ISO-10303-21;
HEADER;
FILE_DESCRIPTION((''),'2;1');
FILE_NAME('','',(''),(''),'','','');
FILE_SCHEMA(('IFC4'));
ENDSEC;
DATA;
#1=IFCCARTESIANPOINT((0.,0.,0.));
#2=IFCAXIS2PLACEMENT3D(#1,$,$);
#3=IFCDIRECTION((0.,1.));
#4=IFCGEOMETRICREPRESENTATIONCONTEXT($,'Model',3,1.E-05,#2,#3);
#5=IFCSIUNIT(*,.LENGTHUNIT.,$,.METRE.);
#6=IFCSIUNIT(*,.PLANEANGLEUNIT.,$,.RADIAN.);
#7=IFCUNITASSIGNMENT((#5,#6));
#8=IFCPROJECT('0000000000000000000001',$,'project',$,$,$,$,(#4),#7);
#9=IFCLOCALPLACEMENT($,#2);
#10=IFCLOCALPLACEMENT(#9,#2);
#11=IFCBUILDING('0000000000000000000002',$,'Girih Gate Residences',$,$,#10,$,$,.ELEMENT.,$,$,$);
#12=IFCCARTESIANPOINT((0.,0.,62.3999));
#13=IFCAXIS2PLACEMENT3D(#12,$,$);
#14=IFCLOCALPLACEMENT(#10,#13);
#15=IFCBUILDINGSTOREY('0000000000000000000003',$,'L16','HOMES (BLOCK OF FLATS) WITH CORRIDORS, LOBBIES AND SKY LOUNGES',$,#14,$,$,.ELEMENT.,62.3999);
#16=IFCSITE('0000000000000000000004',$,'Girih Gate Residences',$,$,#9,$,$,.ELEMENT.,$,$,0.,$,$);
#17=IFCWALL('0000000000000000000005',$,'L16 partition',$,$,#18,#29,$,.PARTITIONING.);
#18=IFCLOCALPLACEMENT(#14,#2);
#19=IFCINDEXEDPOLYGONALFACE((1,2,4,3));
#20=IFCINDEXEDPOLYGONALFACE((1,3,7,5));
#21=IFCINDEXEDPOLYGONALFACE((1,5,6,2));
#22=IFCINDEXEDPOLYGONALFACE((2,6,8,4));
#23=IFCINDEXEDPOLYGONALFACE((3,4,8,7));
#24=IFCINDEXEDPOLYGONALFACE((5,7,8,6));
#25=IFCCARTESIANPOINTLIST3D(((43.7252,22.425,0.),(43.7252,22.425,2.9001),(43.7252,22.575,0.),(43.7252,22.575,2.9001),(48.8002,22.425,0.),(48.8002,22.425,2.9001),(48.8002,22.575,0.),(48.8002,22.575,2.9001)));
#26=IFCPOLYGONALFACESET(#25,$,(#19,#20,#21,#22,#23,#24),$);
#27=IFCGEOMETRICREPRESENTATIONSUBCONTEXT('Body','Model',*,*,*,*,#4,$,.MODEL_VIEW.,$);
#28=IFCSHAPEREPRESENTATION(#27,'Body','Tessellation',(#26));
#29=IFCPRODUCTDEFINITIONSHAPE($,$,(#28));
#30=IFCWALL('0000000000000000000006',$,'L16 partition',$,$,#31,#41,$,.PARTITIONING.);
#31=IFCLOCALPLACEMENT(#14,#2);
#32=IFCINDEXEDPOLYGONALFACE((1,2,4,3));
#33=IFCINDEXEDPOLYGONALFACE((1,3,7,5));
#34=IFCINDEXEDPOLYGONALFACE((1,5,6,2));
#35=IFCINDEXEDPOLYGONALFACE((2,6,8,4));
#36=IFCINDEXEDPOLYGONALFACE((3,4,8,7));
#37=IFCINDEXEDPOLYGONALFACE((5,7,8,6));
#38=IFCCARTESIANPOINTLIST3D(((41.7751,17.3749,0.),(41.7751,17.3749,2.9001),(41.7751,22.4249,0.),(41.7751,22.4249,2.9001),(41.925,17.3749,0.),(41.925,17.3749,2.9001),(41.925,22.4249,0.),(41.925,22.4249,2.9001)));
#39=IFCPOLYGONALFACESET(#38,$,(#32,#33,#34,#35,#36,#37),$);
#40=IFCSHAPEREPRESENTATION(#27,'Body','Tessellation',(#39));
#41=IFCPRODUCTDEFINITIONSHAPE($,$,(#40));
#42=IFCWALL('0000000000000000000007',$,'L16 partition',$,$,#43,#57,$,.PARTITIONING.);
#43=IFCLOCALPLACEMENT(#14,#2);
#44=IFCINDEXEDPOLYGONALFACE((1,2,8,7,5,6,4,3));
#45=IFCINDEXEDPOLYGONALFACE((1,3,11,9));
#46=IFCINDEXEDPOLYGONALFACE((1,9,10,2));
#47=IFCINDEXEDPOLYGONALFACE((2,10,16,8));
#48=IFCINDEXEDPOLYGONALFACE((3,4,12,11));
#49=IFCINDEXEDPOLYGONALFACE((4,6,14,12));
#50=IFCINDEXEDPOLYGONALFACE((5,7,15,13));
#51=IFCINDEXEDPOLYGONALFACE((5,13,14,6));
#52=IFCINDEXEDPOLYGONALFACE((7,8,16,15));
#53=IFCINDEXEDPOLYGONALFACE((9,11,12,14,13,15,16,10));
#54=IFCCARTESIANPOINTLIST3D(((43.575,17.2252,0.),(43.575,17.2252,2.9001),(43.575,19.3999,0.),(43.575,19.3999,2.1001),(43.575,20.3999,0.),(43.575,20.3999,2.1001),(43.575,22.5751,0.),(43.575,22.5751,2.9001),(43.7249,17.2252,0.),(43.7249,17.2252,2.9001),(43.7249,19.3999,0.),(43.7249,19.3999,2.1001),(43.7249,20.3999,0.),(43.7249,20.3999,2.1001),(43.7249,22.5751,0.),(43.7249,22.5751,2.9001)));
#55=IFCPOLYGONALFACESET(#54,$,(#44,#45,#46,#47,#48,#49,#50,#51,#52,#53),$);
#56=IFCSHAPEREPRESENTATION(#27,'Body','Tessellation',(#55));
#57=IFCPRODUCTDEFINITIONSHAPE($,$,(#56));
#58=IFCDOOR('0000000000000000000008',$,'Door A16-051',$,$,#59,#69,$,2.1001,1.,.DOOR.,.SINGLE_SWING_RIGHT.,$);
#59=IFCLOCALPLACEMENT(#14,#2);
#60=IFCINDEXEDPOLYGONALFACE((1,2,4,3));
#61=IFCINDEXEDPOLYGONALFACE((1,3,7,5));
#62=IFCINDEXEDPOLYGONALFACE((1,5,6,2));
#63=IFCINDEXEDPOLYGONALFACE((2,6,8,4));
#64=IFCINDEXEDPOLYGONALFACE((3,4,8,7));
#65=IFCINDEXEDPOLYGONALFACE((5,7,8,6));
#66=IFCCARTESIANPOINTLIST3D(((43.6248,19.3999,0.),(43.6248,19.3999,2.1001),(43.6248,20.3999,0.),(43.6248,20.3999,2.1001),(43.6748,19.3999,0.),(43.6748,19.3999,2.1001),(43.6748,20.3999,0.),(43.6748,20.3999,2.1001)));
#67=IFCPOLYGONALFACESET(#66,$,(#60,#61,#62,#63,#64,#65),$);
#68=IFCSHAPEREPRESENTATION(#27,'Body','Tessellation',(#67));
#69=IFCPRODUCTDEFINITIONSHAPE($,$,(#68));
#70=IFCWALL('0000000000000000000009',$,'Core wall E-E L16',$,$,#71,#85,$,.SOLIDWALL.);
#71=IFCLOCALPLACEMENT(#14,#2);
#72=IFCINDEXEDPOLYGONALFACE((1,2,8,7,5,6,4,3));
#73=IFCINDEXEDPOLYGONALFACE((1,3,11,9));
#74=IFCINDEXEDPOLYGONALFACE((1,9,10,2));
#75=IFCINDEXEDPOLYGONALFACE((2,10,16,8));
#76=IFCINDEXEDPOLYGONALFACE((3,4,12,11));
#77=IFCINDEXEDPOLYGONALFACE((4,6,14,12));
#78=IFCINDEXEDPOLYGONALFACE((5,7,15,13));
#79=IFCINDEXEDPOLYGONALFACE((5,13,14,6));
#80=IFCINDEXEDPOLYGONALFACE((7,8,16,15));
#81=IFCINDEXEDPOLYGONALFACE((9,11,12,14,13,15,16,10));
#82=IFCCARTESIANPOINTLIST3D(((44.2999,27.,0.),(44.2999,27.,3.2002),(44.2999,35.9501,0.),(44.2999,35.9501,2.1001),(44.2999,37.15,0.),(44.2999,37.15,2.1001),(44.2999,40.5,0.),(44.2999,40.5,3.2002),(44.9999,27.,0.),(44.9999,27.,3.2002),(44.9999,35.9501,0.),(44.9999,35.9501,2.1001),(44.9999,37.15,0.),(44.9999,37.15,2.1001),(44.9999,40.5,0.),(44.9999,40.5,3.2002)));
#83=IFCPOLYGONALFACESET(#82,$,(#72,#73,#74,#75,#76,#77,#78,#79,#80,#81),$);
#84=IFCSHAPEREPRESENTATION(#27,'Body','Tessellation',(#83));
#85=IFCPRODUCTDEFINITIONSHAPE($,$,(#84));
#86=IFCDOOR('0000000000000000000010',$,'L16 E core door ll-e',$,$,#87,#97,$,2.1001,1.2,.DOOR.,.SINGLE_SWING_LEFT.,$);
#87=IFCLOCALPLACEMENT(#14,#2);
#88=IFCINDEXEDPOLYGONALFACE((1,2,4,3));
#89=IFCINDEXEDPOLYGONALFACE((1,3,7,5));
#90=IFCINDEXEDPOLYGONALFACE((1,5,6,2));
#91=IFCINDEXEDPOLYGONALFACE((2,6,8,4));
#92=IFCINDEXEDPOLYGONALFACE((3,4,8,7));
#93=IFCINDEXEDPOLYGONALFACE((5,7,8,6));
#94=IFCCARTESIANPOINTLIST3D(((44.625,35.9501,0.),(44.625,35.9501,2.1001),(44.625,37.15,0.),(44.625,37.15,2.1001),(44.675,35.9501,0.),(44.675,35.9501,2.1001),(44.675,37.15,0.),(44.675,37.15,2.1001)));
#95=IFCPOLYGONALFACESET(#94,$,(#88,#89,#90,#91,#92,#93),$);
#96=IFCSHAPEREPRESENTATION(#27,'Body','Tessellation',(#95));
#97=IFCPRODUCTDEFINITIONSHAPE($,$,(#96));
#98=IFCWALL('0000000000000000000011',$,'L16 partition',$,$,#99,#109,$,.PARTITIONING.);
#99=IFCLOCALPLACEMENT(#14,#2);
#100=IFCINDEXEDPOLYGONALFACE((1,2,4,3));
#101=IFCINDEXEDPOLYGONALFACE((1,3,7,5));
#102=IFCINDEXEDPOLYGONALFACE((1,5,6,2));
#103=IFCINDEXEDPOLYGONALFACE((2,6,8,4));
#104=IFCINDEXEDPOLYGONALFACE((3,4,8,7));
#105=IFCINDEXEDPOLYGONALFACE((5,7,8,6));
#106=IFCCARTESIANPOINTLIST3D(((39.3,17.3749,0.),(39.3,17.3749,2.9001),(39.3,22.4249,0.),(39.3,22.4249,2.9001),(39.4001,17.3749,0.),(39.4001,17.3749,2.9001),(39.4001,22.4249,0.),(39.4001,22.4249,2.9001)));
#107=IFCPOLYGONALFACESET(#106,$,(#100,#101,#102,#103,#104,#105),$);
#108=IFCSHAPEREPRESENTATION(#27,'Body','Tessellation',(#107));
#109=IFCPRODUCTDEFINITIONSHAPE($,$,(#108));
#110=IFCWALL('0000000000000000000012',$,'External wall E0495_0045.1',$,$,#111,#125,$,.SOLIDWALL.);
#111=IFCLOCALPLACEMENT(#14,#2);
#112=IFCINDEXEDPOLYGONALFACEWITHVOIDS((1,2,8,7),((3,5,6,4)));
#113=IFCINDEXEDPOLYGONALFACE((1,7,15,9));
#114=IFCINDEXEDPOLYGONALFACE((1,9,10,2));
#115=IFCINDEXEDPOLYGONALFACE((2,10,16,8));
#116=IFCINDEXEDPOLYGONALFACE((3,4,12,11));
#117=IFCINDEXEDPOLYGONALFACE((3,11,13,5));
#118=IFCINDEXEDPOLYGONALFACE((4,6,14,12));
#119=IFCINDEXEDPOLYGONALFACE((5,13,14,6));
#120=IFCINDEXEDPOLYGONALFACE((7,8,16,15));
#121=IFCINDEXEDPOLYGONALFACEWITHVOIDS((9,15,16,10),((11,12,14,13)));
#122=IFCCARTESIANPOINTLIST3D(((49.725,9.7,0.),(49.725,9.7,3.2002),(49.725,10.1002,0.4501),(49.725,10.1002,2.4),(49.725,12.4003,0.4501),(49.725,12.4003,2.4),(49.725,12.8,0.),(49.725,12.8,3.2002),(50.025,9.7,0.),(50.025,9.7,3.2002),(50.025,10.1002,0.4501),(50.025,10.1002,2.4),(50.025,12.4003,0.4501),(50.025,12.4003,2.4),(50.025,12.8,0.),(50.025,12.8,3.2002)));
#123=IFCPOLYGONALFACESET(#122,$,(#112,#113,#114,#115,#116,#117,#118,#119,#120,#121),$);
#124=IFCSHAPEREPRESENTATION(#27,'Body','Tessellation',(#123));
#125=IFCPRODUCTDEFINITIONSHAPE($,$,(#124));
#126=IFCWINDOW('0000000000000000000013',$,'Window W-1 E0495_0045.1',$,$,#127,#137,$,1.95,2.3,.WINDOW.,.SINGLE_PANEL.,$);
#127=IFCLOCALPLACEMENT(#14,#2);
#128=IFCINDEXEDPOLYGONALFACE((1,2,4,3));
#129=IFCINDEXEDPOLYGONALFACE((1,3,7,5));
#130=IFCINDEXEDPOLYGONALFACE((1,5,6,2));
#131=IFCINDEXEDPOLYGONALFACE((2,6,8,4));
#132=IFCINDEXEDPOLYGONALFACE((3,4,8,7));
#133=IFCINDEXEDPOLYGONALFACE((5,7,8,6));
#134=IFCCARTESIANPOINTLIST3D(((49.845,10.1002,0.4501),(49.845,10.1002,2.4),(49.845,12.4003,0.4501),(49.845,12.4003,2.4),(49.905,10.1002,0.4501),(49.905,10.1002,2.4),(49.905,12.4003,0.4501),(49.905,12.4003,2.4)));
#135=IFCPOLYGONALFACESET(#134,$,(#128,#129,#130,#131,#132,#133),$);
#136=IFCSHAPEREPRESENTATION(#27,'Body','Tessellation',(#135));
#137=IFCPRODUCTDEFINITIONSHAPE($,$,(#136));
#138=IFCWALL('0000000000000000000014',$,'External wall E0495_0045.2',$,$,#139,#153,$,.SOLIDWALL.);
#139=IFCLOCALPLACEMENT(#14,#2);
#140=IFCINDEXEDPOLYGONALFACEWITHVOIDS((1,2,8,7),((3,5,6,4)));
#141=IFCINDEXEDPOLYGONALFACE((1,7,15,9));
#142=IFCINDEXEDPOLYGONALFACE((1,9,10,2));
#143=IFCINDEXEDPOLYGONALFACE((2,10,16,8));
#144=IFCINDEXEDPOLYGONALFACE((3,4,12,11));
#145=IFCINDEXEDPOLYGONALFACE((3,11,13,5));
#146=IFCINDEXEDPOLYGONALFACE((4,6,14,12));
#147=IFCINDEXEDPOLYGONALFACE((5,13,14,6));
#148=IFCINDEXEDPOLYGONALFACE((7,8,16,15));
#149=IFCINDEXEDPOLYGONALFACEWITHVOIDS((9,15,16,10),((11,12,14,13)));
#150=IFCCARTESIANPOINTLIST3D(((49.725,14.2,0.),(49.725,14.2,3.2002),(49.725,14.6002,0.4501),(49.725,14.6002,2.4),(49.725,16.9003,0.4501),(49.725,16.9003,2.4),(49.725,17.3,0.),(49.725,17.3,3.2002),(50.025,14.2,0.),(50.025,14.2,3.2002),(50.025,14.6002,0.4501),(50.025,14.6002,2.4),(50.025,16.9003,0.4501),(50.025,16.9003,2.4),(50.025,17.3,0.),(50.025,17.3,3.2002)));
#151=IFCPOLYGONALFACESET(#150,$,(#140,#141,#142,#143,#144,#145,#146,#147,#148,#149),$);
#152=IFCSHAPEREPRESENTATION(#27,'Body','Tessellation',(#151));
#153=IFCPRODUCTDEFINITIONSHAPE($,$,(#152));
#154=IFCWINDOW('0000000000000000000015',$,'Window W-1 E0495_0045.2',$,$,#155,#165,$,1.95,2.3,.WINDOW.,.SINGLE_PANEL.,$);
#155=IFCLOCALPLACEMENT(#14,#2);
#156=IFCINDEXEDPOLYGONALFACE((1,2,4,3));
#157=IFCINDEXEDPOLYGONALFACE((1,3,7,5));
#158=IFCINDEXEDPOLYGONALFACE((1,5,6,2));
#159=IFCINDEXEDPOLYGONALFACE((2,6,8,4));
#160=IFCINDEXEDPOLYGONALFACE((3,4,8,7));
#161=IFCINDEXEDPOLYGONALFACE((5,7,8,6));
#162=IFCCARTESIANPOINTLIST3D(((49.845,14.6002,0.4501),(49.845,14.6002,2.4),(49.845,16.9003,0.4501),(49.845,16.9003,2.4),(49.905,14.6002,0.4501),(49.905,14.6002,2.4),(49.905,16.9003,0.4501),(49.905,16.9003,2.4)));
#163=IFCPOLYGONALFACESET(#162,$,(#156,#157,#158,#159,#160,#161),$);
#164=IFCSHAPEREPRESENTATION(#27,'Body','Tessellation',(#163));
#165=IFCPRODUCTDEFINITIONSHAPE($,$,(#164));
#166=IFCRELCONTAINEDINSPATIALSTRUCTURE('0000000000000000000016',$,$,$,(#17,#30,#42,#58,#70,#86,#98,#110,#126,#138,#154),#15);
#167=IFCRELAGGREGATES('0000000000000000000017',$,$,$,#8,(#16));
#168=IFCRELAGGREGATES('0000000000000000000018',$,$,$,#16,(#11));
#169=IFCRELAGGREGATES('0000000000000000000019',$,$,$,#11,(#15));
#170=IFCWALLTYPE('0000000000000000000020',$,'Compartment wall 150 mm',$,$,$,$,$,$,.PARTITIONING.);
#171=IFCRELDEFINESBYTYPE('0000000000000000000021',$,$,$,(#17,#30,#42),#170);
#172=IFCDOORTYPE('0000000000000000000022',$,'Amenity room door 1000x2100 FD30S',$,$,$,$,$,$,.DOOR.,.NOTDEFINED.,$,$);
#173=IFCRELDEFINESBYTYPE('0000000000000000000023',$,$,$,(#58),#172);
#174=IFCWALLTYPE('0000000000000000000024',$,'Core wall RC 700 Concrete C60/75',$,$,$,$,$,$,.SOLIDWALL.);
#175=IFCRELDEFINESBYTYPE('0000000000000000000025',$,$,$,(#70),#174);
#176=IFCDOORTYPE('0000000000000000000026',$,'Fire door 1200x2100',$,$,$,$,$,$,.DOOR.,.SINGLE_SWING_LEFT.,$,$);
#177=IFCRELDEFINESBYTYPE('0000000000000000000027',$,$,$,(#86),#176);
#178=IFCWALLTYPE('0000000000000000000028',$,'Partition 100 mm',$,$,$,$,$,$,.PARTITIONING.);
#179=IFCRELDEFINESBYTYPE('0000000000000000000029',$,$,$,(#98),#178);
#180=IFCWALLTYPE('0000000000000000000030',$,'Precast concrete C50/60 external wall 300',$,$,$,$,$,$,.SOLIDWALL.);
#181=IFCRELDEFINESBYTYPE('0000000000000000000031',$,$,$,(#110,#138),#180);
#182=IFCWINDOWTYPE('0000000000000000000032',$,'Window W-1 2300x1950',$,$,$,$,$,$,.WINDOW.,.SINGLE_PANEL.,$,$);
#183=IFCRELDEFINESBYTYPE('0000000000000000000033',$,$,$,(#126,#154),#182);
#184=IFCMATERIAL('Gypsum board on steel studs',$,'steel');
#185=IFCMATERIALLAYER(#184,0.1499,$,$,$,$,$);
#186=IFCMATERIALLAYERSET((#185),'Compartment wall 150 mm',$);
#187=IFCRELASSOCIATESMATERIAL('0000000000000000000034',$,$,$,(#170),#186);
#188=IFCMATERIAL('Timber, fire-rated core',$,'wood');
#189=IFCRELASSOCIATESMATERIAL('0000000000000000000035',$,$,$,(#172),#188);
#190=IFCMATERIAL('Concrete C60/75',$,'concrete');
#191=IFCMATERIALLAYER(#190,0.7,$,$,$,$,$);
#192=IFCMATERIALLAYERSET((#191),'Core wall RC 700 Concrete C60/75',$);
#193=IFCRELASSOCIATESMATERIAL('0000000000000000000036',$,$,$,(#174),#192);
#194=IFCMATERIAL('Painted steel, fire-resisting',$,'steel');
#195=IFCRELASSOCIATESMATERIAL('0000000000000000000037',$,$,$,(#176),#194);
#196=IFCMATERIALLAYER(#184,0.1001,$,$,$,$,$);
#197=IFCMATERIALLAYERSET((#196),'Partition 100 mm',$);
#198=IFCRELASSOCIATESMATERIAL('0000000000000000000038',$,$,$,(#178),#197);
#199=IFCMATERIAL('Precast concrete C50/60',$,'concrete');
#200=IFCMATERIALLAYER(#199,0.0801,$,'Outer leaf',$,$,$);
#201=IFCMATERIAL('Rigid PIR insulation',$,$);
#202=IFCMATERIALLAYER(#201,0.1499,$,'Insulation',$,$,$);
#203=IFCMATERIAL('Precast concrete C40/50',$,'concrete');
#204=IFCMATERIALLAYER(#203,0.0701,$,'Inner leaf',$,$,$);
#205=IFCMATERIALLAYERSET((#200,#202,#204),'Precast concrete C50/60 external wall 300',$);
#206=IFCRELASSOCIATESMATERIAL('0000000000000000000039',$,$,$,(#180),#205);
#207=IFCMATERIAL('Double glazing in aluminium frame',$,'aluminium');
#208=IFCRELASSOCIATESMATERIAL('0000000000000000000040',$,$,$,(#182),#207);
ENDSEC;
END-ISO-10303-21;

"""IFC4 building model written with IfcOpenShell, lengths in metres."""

from ifc_helpers import new_model, si_unit, direction, frame, frame_2d, origin, place, context, subcontext, project, spatial, rectangle, extrude, material, layer, layer_set, type_object, element, fill, save


model = new_model("IFC4")

# Units and contexts
model_context = context("Model", 3, precision=1e-05, world=origin(), true_north=direction((0.0, 1.0)))
body_context = subcontext(model_context, "Body", "Model", "MODEL_VIEW")
ifc_project = project(units=[si_unit("LENGTHUNIT", "METRE"), si_unit("PLANEANGLEUNIT", "RADIAN")], contexts=[model_context])

# Site, building, storey
site_placement = place(None, origin())
site = spatial("IfcSite", under=ifc_project, at=site_placement, Name="Girih Gate Residences", CompositionType="ELEMENT", RefElevation=0.0)
building_placement = place(site_placement, origin())
building = spatial("IfcBuilding", under=site, at=building_placement, Name="Girih Gate Residences", CompositionType="ELEMENT")
storey_placement = place(building_placement, frame((0.0, 0.0, 62.3999)))
storey = spatial("IfcBuildingStorey", under=building, at=storey_placement, Name="L16", Description="HOMES (BLOCK OF FLATS) WITH CORRIDORS, LOBBIES AND SKY LOUNGES", CompositionType="ELEMENT", Elevation=62.3999)

# Shared definitions
ifc_material_1 = material(Name="Concrete C60/75", Category="concrete")

# Shared definitions
ifc_material_2 = material(Name="Gypsum board on steel studs", Category="steel")
ifc_layer_1 = layer(ifc_material_2, 0.1499)
ifc_layer_set_1 = layer_set([ifc_layer_1], Name="Compartment wall 150 mm")
wall_type_1 = type_object("IfcWallType", Name="Compartment wall 150 mm", PredefinedType="PARTITIONING", material=ifc_layer_set_1)
ifc_material_3 = material(Name="Timber, fire-rated core", Category="wood")

# Walls
for number, where, z_axis, x_axis, name in (
    (1, (43.7251, 22.5, 0.0), (0.0, 0.0, 1.0), (1.0, 0.0, 0.0), "L16 partition"),
):
    element("IfcWall", number, at=place(storey_placement, frame(where, z_axis=z_axis, x_axis=x_axis)), inside=storey, type_object=wall_type_1, Name=name, PredefinedType="PARTITIONING", context=body_context, shape_type="SweptSolid", body=[
        extrude(rectangle(XDim=5.075, YDim=0.1499, at=frame_2d((2.5376, 0.0))), origin(), (0.0, 0.0, 1.0), 2.9001),
    ])
wall_1_placement = place(storey_placement, frame((41.8501, 17.375, 0.0), z_axis=(0.0, 0.0, 1.0), x_axis=(0.0, 1.0, 0.0)))
element("IfcWall", 2, at=wall_1_placement, inside=storey, type_object=wall_type_1, Name="L16 partition", PredefinedType="PARTITIONING", context=body_context, shape_type="SweptSolid", body=[
    extrude(rectangle(XDim=5.05, YDim=0.1499, at=frame_2d((2.5249, 0.0))), origin(), (0.0, 0.0, 1.0), 2.9001),
])

# Walls, openings, doors
wall_2_placement = place(storey_placement, frame((43.6499, 22.575, 0.0), z_axis=(0.0, 0.0, 1.0), x_axis=(0.0, -1.0, 0.0)))
wall_2 = element("IfcWall", 3, at=wall_2_placement, inside=storey, type_object=wall_type_1, Name="L16 partition", PredefinedType="PARTITIONING", context=body_context, shape_type="SweptSolid", body=[
    extrude(rectangle(XDim=5.3499, YDim=0.1499, at=frame_2d((2.6748, 0.0))), origin(), (0.0, 0.0, 1.0), 2.9001),
])
opening_1_placement = place(wall_2_placement, frame((2.175, 0.0, 0.0)))
opening_1 = element("IfcOpeningElement", 4, at=opening_1_placement, cuts=wall_2, PredefinedType="OPENING", context=body_context, shape_type="SweptSolid", body=[
    extrude(rectangle(XDim=1.0, YDim=2.1001, at=frame_2d((0.5, 1.05))), frame((0.0, 0.085, 0.0), z_axis=(0.0, -1.0, 0.0), x_axis=(1.0, 0.0, 0.0)), (0.0, 0.0, 1.0), 0.1699),
])
door_type_1 = type_object("IfcDoorType", Name="Amenity room door 1000x2100 FD30S", OperationType="NOTDEFINED", PredefinedType="DOOR", material=ifc_material_3)
door_1_placement = place(opening_1_placement, origin())
door_1 = element("IfcDoor", 5, at=door_1_placement, inside=storey, type_object=door_type_1, Name="Door A16-051", OperationType="SINGLE_SWING_RIGHT", OverallHeight=2.1001, OverallWidth=1.0, PredefinedType="DOOR", context=body_context, shape_type="SweptSolid", body=[
    extrude(rectangle(XDim=1.0, YDim=2.1001, at=frame_2d((0.5, 1.05))), frame((0.0, 0.0249, 0.0), z_axis=(0.0, -1.0, 0.0), x_axis=(1.0, 0.0, 0.0)), (0.0, 0.0, 1.0), 0.05),
])
fill(opening_1, door_1)
ifc_layer_2 = layer(ifc_material_1, 0.7)
ifc_layer_set_2 = layer_set([ifc_layer_2], Name="Core wall RC 700 Concrete C60/75")
wall_type_2 = type_object("IfcWallType", Name="Core wall RC 700 Concrete C60/75", PredefinedType="SOLIDWALL", material=ifc_layer_set_2)
wall_3_placement = place(storey_placement, frame((44.6499, 27.0, 0.0), z_axis=(0.0, 0.0, 1.0), x_axis=(0.0, 1.0, 0.0)))
wall_3 = element("IfcWall", 6, at=wall_3_placement, inside=storey, type_object=wall_type_2, Name="Core wall E-E L16", PredefinedType="SOLIDWALL", context=body_context, shape_type="SweptSolid", body=[
    extrude(rectangle(XDim=13.5, YDim=0.7, at=frame_2d((6.75, 0.0))), origin(), (0.0, 0.0, 1.0), 3.2002),
])
opening_2_placement = place(wall_3_placement, frame((8.95, 0.0, 0.0)))
opening_2 = element("IfcOpeningElement", 7, at=opening_2_placement, cuts=wall_3, PredefinedType="OPENING", context=body_context, shape_type="SweptSolid", body=[
    extrude(rectangle(XDim=1.2, YDim=2.1001, at=frame_2d((0.6001, 1.05))), frame((0.0, 0.3599, 0.0), z_axis=(0.0, -1.0, 0.0), x_axis=(1.0, 0.0, 0.0)), (0.0, 0.0, 1.0), 0.72),
])
ifc_material_4 = material(Name="Painted steel, fire-resisting", Category="steel")
door_type_2 = type_object("IfcDoorType", Name="Fire door 1200x2100", OperationType="SINGLE_SWING_LEFT", PredefinedType="DOOR", material=ifc_material_4)
door_2_placement = place(opening_2_placement, origin())
door_2 = element("IfcDoor", 8, at=door_2_placement, inside=storey, type_object=door_type_2, Name="L16 E core door ll-e", OperationType="SINGLE_SWING_LEFT", OverallHeight=2.1001, OverallWidth=1.2, PredefinedType="DOOR", context=body_context, shape_type="SweptSolid", body=[
    extrude(rectangle(XDim=1.2, YDim=2.1001, at=frame_2d((0.6001, 1.05))), frame((0.0, 0.0249, 0.0), z_axis=(0.0, -1.0, 0.0), x_axis=(1.0, 0.0, 0.0)), (0.0, 0.0, 1.0), 0.05),
])
fill(opening_2, door_2)

# Wall
ifc_layer_3 = layer(ifc_material_2, 0.1001)
ifc_layer_set_3 = layer_set([ifc_layer_3], Name="Partition 100 mm")
wall_type_3 = type_object("IfcWallType", Name="Partition 100 mm", PredefinedType="PARTITIONING", material=ifc_layer_set_3)
wall_4_placement = place(storey_placement, frame((39.3501, 17.375, 0.0), z_axis=(0.0, 0.0, 1.0), x_axis=(0.0, 1.0, 0.0)))
element("IfcWall", 9, at=wall_4_placement, inside=storey, type_object=wall_type_3, Name="L16 partition", PredefinedType="PARTITIONING", context=body_context, shape_type="SweptSolid", body=[
    extrude(rectangle(XDim=5.05, YDim=0.1001, at=frame_2d((2.5249, 0.0))), origin(), (0.0, 0.0, 1.0), 2.9001),
])

# Walls, openings, windows
ifc_material_5 = material(Name="Precast concrete C50/60", Category="concrete")
ifc_layer_4 = layer(ifc_material_5, 0.0801, Name="Outer leaf")
ifc_material_6 = material(Name="Rigid PIR insulation")
ifc_layer_5 = layer(ifc_material_6, 0.1499, Name="Insulation")
ifc_material_7 = material(Name="Precast concrete C40/50", Category="concrete")
ifc_layer_6 = layer(ifc_material_7, 0.0701, Name="Inner leaf")
ifc_layer_set_4 = layer_set([ifc_layer_4, ifc_layer_5, ifc_layer_6], Name="Precast concrete C50/60 external wall 300")
wall_type_4 = type_object("IfcWallType", Name="Precast concrete C50/60 external wall 300", PredefinedType="SOLIDWALL", material=ifc_layer_set_4)
wall_5_placement = place(storey_placement, frame((49.875, 12.8, 0.0), z_axis=(0.0, 0.0, 1.0), x_axis=(0.0, -1.0, 0.0)))
wall_5 = element("IfcWall", 10, at=wall_5_placement, inside=storey, type_object=wall_type_4, Name="External wall E0495_0045.1", PredefinedType="SOLIDWALL", context=body_context, shape_type="SweptSolid", body=[
    extrude(rectangle(XDim=3.1001, YDim=0.3, at=frame_2d((1.55, 0.0))), origin(), (0.0, 0.0, 1.0), 3.2002),
])
opening_3_placement = place(wall_5_placement, frame((0.3999, 0.0, 0.45)))
opening_3 = element("IfcOpeningElement", 11, at=opening_3_placement, cuts=wall_5, PredefinedType="OPENING", context=body_context, shape_type="SweptSolid", body=[
    extrude(rectangle(XDim=2.3, YDim=1.95, at=frame_2d((1.1499, 0.9751))), frame((0.0, 0.1599, 0.0), z_axis=(0.0, -1.0, 0.0), x_axis=(1.0, 0.0, 0.0)), (0.0, 0.0, 1.0), 0.3201),
])
ifc_material_8 = material(Name="Double glazing in aluminium frame", Category="aluminium")
window_type = type_object("IfcWindowType", Name="Window W-1 2300x1950", PartitioningType="SINGLE_PANEL", PredefinedType="WINDOW", material=ifc_material_8)
window_1_placement = place(opening_3_placement, origin())
window_1 = element("IfcWindow", 12, at=window_1_placement, inside=storey, type_object=window_type, Name="Window W-1 E0495_0045.1", OverallHeight=1.95, OverallWidth=2.3, PartitioningType="SINGLE_PANEL", PredefinedType="WINDOW", context=body_context, shape_type="SweptSolid", body=[
    extrude(rectangle(XDim=2.3, YDim=1.95, at=frame_2d((1.1499, 0.9751))), frame((0.0, 0.03, 0.0), z_axis=(0.0, -1.0, 0.0), x_axis=(1.0, 0.0, 0.0)), (0.0, 0.0, 1.0), 0.0601),
])
fill(opening_3, window_1)
wall_6_placement = place(storey_placement, frame((49.875, 17.3, 0.0), z_axis=(0.0, 0.0, 1.0), x_axis=(0.0, -1.0, 0.0)))
wall_6 = element("IfcWall", 13, at=wall_6_placement, inside=storey, type_object=wall_type_4, Name="External wall E0495_0045.2", PredefinedType="SOLIDWALL", context=body_context, shape_type="SweptSolid", body=[
    extrude(rectangle(XDim=3.1001, YDim=0.3, at=frame_2d((1.55, 0.0))), origin(), (0.0, 0.0, 1.0), 3.2002),
])
opening_4_placement = place(wall_6_placement, frame((0.3999, 0.0, 0.45)))
opening_4 = element("IfcOpeningElement", 14, at=opening_4_placement, cuts=wall_6, PredefinedType="OPENING", context=body_context, shape_type="SweptSolid", body=[
    extrude(rectangle(XDim=2.3, YDim=1.95, at=frame_2d((1.1499, 0.9751))), frame((0.0, 0.1599, 0.0), z_axis=(0.0, -1.0, 0.0), x_axis=(1.0, 0.0, 0.0)), (0.0, 0.0, 1.0), 0.3201),
])
window_2_placement = place(opening_4_placement, origin())
window_2 = element("IfcWindow", 15, at=window_2_placement, inside=storey, type_object=window_type, Name="Window W-1 E0495_0045.2", OverallHeight=1.95, OverallWidth=2.3, PartitioningType="SINGLE_PANEL", PredefinedType="WINDOW", context=body_context, shape_type="SweptSolid", body=[
    extrude(rectangle(XDim=2.3, YDim=1.95, at=frame_2d((1.1499, 0.9751))), frame((0.0, 0.03, 0.0), z_axis=(0.0, -1.0, 0.0), x_axis=(1.0, 0.0, 0.0)), (0.0, 0.0, 1.0), 0.0601),
])
fill(opening_4, window_2)

save(model, "model.ifc")
